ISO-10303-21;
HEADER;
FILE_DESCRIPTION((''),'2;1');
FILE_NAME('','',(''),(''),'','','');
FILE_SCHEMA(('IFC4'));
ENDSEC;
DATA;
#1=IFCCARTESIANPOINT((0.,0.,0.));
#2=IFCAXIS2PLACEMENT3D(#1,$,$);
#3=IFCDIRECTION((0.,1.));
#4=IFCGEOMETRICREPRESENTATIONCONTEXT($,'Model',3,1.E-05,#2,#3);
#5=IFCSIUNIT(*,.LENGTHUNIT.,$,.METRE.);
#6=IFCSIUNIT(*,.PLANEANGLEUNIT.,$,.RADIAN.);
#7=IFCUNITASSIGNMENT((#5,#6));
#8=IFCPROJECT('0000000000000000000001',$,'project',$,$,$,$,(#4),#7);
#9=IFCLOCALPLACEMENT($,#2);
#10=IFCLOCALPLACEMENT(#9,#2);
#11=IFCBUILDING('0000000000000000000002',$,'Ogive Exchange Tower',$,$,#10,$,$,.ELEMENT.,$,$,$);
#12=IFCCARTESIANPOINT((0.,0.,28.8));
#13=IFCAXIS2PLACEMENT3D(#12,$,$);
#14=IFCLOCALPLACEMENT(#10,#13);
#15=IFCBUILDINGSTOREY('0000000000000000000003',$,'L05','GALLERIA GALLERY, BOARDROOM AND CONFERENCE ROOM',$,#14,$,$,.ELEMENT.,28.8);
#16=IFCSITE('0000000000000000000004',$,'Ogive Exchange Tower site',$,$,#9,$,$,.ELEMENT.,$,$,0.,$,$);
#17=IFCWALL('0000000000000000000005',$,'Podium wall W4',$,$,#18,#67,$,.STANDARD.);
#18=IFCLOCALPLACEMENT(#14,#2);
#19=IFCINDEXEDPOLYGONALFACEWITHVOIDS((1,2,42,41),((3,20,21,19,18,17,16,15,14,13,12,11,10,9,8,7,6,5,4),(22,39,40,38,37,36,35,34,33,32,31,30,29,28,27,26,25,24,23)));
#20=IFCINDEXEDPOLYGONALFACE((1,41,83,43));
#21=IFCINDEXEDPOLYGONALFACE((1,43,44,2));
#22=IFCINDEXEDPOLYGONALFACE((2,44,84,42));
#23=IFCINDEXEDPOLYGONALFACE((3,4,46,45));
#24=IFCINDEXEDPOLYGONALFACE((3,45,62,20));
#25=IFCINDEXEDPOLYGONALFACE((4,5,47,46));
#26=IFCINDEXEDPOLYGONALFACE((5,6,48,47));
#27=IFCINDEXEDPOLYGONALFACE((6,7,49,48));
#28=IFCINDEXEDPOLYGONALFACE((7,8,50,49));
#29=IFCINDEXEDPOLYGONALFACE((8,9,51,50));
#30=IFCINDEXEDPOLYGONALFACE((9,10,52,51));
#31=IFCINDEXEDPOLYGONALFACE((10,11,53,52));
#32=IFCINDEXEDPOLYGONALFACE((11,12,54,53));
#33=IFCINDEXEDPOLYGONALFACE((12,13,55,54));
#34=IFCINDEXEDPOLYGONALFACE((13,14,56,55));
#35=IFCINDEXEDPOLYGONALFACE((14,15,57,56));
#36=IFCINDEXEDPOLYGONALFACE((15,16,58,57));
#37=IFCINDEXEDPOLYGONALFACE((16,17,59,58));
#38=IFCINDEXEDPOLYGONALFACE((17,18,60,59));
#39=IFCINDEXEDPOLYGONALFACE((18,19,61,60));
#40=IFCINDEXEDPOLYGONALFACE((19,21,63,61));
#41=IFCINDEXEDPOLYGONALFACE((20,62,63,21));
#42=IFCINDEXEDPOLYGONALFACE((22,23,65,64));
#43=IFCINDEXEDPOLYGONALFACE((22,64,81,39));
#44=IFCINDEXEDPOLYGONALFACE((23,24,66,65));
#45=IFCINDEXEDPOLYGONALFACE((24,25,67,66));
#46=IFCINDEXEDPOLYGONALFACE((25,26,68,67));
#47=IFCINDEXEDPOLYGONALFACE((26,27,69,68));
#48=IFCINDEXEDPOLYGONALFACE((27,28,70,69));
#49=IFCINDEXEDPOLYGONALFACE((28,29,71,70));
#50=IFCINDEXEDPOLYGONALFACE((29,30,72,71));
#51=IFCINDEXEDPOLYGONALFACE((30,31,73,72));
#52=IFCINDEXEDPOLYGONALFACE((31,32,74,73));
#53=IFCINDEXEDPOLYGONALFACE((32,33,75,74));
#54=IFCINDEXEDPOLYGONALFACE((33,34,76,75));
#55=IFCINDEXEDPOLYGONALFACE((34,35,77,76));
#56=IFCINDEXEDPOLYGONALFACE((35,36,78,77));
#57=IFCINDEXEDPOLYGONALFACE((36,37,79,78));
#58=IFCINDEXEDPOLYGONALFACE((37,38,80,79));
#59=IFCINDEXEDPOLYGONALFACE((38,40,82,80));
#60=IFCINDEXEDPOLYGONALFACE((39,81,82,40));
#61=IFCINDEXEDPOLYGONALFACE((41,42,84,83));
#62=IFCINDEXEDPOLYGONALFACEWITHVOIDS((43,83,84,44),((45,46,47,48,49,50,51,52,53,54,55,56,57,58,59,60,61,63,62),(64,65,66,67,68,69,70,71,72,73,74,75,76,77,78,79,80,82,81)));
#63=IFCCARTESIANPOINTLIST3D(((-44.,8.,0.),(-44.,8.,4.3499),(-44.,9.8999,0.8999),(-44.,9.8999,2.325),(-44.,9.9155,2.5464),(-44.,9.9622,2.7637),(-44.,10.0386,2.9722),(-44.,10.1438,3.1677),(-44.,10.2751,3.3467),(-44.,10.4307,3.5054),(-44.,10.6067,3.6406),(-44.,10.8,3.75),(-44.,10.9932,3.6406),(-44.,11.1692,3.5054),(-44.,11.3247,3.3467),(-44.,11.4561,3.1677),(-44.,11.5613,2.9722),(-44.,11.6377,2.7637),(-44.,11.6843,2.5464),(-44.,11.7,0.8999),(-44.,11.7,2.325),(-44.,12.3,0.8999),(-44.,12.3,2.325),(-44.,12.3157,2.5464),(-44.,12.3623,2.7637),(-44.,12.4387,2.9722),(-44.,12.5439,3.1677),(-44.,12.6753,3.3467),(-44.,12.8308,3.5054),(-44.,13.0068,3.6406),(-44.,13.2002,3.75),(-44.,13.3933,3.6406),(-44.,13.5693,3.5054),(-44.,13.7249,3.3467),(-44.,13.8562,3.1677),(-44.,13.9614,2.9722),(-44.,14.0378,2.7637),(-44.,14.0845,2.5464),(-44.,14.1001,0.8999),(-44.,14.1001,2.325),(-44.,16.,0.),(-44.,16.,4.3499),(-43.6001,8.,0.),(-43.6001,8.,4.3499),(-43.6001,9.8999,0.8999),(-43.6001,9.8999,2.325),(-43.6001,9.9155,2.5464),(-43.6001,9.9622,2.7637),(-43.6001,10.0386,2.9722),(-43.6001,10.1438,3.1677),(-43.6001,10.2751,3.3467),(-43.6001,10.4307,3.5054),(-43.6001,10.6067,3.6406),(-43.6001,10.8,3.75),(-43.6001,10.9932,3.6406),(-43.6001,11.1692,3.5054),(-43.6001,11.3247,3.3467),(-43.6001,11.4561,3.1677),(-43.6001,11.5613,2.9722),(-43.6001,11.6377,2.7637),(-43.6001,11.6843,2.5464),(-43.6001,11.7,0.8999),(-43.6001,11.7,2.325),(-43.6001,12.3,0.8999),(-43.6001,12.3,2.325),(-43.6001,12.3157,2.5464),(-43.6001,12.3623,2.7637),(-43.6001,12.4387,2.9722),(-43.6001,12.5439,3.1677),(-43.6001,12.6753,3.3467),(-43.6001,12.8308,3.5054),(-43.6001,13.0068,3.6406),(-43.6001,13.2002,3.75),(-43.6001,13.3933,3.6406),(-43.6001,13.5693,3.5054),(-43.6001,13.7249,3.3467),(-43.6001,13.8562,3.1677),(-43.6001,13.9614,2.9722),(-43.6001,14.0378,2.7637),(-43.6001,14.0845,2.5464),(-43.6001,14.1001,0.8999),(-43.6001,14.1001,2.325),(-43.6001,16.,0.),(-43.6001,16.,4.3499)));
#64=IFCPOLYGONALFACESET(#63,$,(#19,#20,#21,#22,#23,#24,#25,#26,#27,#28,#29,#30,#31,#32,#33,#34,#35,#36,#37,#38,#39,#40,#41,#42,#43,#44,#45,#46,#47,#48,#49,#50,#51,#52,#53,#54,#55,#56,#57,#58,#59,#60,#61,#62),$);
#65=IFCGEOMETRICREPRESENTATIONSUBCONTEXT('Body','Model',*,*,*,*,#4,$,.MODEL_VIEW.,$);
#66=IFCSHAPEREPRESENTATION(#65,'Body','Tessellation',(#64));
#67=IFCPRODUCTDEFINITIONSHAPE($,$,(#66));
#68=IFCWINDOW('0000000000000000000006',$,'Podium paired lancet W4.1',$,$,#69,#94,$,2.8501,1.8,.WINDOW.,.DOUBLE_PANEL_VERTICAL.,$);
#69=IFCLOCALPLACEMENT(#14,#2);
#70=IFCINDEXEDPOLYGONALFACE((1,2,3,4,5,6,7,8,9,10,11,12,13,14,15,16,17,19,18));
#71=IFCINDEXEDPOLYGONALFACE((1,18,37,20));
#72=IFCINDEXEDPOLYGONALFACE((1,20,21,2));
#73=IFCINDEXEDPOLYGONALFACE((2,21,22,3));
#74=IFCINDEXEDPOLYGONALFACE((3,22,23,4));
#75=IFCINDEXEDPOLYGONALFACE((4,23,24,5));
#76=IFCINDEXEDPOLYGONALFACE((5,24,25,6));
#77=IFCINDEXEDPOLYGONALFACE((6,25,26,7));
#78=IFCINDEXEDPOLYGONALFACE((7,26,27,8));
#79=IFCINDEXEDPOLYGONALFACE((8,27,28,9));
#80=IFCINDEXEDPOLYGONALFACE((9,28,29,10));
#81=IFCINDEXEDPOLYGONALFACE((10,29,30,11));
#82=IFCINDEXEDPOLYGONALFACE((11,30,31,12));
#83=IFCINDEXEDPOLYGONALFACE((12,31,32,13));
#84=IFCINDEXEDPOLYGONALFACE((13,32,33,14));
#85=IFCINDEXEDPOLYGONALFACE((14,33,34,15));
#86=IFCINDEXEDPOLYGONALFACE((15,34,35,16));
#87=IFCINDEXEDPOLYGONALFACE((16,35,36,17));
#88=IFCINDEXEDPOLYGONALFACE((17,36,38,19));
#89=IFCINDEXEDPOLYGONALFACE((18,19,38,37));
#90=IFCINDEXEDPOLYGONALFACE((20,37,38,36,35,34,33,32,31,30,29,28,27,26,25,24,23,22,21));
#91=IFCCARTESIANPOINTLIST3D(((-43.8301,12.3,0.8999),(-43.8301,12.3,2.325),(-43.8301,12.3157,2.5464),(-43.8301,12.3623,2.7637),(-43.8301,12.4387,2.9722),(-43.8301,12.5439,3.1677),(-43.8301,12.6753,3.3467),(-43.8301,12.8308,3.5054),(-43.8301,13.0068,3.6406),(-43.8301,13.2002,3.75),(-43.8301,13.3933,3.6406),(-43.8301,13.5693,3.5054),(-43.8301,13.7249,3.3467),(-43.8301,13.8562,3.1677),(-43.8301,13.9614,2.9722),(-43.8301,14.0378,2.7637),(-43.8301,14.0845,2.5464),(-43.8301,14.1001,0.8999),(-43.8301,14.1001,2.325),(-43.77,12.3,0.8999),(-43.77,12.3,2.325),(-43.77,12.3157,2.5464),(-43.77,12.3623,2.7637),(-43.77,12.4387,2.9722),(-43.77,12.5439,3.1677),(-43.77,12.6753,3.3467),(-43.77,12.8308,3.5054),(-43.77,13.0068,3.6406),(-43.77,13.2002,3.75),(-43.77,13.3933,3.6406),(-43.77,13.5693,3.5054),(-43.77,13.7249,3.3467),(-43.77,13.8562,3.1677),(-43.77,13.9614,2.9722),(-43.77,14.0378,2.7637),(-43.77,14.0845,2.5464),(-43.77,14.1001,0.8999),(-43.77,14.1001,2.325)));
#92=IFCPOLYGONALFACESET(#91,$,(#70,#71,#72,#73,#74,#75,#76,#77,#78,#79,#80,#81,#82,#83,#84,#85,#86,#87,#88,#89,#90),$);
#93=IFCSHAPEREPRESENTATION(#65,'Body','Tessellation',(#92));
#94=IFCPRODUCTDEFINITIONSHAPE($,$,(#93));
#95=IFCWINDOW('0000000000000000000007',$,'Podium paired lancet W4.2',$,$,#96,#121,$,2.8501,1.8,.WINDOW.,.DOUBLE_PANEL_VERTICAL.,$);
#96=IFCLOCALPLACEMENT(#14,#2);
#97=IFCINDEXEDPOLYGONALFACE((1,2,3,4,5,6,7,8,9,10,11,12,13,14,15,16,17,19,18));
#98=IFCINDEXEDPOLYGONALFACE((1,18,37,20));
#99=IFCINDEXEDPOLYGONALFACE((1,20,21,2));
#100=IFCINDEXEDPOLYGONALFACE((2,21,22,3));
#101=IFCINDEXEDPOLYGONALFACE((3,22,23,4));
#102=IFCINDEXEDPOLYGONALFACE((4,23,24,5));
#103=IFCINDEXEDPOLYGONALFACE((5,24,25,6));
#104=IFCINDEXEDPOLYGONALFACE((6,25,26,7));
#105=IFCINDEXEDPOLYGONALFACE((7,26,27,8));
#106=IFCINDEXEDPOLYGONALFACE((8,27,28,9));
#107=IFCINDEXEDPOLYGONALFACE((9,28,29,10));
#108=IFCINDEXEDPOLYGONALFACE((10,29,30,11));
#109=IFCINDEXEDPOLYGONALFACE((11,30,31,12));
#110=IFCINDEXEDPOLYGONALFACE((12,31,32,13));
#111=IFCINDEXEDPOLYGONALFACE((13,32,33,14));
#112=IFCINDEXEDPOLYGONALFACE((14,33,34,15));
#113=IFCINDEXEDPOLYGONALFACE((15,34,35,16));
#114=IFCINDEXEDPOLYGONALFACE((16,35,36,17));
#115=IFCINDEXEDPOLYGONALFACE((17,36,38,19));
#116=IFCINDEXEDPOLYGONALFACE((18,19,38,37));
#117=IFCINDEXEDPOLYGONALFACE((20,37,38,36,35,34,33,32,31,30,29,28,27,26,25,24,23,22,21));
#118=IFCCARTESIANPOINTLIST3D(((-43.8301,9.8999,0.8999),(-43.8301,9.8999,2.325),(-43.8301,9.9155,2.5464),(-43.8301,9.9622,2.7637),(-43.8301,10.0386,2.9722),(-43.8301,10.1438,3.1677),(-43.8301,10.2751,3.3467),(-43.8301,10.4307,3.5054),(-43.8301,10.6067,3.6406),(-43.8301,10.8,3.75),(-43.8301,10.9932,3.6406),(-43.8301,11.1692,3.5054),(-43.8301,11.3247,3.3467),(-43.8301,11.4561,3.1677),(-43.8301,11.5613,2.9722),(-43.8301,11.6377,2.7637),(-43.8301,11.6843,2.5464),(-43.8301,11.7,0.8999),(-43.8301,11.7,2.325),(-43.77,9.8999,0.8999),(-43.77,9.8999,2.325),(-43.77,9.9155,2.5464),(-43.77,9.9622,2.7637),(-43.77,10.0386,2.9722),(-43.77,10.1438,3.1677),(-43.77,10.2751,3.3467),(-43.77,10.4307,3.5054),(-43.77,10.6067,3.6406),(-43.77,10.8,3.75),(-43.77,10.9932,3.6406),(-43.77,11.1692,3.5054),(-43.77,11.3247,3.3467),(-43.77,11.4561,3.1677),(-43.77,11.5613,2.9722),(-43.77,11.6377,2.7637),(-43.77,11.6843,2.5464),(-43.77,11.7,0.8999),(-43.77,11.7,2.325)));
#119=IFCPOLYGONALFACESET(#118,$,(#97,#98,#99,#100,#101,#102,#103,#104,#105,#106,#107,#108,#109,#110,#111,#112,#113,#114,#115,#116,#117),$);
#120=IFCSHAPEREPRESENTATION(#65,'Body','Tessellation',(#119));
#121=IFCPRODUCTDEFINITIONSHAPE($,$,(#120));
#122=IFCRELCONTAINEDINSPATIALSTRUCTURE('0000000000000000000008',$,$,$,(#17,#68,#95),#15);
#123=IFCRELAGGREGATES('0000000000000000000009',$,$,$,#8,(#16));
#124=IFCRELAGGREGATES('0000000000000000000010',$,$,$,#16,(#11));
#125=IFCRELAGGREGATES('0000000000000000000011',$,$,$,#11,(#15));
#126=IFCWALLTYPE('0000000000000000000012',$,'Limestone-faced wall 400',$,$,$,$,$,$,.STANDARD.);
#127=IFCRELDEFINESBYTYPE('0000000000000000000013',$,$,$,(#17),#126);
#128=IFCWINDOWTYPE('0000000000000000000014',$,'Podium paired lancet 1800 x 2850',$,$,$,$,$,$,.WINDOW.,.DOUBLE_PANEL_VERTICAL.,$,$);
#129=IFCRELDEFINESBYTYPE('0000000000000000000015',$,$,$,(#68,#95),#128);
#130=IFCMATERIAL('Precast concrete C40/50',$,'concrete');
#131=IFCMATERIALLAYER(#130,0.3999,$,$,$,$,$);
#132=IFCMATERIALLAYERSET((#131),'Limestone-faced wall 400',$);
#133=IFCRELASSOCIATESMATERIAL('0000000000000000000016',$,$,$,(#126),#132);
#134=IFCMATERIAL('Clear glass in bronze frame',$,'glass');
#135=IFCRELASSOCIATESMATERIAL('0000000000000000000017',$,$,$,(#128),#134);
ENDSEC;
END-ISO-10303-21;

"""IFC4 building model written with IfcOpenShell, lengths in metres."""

from ifc_helpers import new_model, si_unit, direction, frame, frame_2d, origin, place, context, subcontext, project, spatial, polyline, rectangle, outline, extrude, material, layer, layer_set, type_object, element, fill, save


model = new_model("IFC4")

# Units and contexts
model_context = context("Model", 3, precision=1e-05, world=origin(), true_north=direction((0.0, 1.0)))
body_context = subcontext(model_context, "Body", "Model", "MODEL_VIEW")
ifc_project = project(units=[si_unit("LENGTHUNIT", "METRE"), si_unit("PLANEANGLEUNIT", "RADIAN")], contexts=[model_context])

# Site, building, storey
site_placement = place(None, origin())
site = spatial("IfcSite", under=ifc_project, at=site_placement, Name="Ogive Exchange Tower site", CompositionType="ELEMENT", RefElevation=0.0)
building_placement = place(site_placement, origin())
building = spatial("IfcBuilding", under=site, at=building_placement, Name="Ogive Exchange Tower", CompositionType="ELEMENT")
storey_placement = place(building_placement, frame((0.0, 0.0, 28.8)))
storey = spatial("IfcBuildingStorey", under=building, at=storey_placement, Name="L05", Description="GALLERIA GALLERY, BOARDROOM AND CONFERENCE ROOM", CompositionType="ELEMENT", Elevation=28.8)

# Wall, openings, windows
ifc_material_1 = material(Name="Precast concrete C40/50", Category="concrete")
ifc_layer_1 = layer(ifc_material_1, 0.3999)
ifc_layer_set_1 = layer_set([ifc_layer_1], Name="Limestone-faced wall 400")
wall_type_1 = type_object("IfcWallType", Name="Limestone-faced wall 400", PredefinedType="STANDARD", material=ifc_layer_set_1)
wall_1_placement = place(storey_placement, frame((-43.8, 16.0, 0.0), z_axis=(0.0, 0.0, 1.0), x_axis=(0.0, -1.0, 0.0)))
wall_1 = element("IfcWall", 1, at=wall_1_placement, inside=storey, type_object=wall_type_1, Name="Podium wall W4", PredefinedType="STANDARD", context=body_context, shape_type="SweptSolid", body=[
    extrude(rectangle(XDim=8.0, YDim=0.3999, at=frame_2d((4.0, 0.0))), origin(), (0.0, 0.0, 1.0), 4.3499),
])
opening_1_placement = place(wall_1_placement, frame((1.8999, 0.0, 0.8999)))
opening_1 = element("IfcOpeningElement", 2, at=opening_1_placement, cuts=wall_1, PredefinedType="OPENING", context=body_context, shape_type="SweptSolid", body=[
    extrude(outline(polyline([(0.0, 0.0), (1.8, 0.0), (1.8, 1.425), (1.7844, 1.6465), (1.7378, 1.8638), (1.6614, 2.0723), (1.5562, 2.2678), (1.4248, 2.4468), (1.2693, 2.6055), (1.0933, 2.7407), (0.8999, 2.8501), (0.7068, 2.7407), (0.5308, 2.6055), (0.3752, 2.4468), (0.2439, 2.2678), (0.1387, 2.0723), (0.0623, 1.8638), (0.0156, 1.6465), (0.0, 1.425), (0.0, 0.0)])), frame((0.0, 0.21, 0.0), z_axis=(0.0, -1.0, 0.0), x_axis=(1.0, 0.0, 0.0)), (0.0, 0.0, 1.0), 0.4199),
])
opening_2_placement = place(wall_1_placement, frame((4.3, 0.0, 0.8999)))
opening_2 = element("IfcOpeningElement", 3, at=opening_2_placement, cuts=wall_1, PredefinedType="OPENING", context=body_context, shape_type="SweptSolid", body=[
    extrude(outline(polyline([(0.0, 0.0), (1.8, 0.0), (1.8, 1.425), (1.7844, 1.6465), (1.7378, 1.8638), (1.6614, 2.0723), (1.5562, 2.2678), (1.4248, 2.4468), (1.2693, 2.6055), (1.0933, 2.7407), (0.8999, 2.8501), (0.7068, 2.7407), (0.5308, 2.6055), (0.3752, 2.4468), (0.2439, 2.2678), (0.1387, 2.0723), (0.0623, 1.8638), (0.0156, 1.6465), (0.0, 1.425), (0.0, 0.0)])), frame((0.0, 0.21, 0.0), z_axis=(0.0, -1.0, 0.0), x_axis=(1.0, 0.0, 0.0)), (0.0, 0.0, 1.0), 0.4199),
])
ifc_material_2 = material(Name="Clear glass in bronze frame", Category="glass")
window_type = type_object("IfcWindowType", Name="Podium paired lancet 1800 x 2850", PartitioningType="DOUBLE_PANEL_VERTICAL", PredefinedType="WINDOW", material=ifc_material_2)
window_1_placement = place(opening_1_placement, origin())
window_1 = element("IfcWindow", 4, at=window_1_placement, inside=storey, type_object=window_type, Name="Podium paired lancet W4.1", OverallHeight=2.8501, OverallWidth=1.8, PartitioningType="DOUBLE_PANEL_VERTICAL", PredefinedType="WINDOW", context=body_context, shape_type="SweptSolid", body=[
    extrude(outline(polyline([(0.0, 0.0), (1.8, 0.0), (1.8, 1.425), (1.7844, 1.6465), (1.7378, 1.8638), (1.6614, 2.0723), (1.5562, 2.2678), (1.4248, 2.4468), (1.2693, 2.6055), (1.0933, 2.7407), (0.8999, 2.8501), (0.7068, 2.7407), (0.5308, 2.6055), (0.3752, 2.4468), (0.2439, 2.2678), (0.1387, 2.0723), (0.0623, 1.8638), (0.0156, 1.6465), (0.0, 1.425), (0.0, 0.0)])), frame((0.0, 0.03, 0.0), z_axis=(0.0, -1.0, 0.0), x_axis=(1.0, 0.0, 0.0)), (0.0, 0.0, 1.0), 0.0601),
])
fill(opening_1, window_1)
window_2_placement = place(opening_2_placement, origin())
window_2 = element("IfcWindow", 5, at=window_2_placement, inside=storey, type_object=window_type, Name="Podium paired lancet W4.2", OverallHeight=2.8501, OverallWidth=1.8, PartitioningType="DOUBLE_PANEL_VERTICAL", PredefinedType="WINDOW", context=body_context, shape_type="SweptSolid", body=[
    extrude(outline(polyline([(0.0, 0.0), (1.8, 0.0), (1.8, 1.425), (1.7844, 1.6465), (1.7378, 1.8638), (1.6614, 2.0723), (1.5562, 2.2678), (1.4248, 2.4468), (1.2693, 2.6055), (1.0933, 2.7407), (0.8999, 2.8501), (0.7068, 2.7407), (0.5308, 2.6055), (0.3752, 2.4468), (0.2439, 2.2678), (0.1387, 2.0723), (0.0623, 1.8638), (0.0156, 1.6465), (0.0, 1.425), (0.0, 0.0)])), frame((0.0, 0.03, 0.0), z_axis=(0.0, -1.0, 0.0), x_axis=(1.0, 0.0, 0.0)), (0.0, 0.0, 1.0), 0.0601),
])
fill(opening_2, window_2)

save(model, "model.ifc")
